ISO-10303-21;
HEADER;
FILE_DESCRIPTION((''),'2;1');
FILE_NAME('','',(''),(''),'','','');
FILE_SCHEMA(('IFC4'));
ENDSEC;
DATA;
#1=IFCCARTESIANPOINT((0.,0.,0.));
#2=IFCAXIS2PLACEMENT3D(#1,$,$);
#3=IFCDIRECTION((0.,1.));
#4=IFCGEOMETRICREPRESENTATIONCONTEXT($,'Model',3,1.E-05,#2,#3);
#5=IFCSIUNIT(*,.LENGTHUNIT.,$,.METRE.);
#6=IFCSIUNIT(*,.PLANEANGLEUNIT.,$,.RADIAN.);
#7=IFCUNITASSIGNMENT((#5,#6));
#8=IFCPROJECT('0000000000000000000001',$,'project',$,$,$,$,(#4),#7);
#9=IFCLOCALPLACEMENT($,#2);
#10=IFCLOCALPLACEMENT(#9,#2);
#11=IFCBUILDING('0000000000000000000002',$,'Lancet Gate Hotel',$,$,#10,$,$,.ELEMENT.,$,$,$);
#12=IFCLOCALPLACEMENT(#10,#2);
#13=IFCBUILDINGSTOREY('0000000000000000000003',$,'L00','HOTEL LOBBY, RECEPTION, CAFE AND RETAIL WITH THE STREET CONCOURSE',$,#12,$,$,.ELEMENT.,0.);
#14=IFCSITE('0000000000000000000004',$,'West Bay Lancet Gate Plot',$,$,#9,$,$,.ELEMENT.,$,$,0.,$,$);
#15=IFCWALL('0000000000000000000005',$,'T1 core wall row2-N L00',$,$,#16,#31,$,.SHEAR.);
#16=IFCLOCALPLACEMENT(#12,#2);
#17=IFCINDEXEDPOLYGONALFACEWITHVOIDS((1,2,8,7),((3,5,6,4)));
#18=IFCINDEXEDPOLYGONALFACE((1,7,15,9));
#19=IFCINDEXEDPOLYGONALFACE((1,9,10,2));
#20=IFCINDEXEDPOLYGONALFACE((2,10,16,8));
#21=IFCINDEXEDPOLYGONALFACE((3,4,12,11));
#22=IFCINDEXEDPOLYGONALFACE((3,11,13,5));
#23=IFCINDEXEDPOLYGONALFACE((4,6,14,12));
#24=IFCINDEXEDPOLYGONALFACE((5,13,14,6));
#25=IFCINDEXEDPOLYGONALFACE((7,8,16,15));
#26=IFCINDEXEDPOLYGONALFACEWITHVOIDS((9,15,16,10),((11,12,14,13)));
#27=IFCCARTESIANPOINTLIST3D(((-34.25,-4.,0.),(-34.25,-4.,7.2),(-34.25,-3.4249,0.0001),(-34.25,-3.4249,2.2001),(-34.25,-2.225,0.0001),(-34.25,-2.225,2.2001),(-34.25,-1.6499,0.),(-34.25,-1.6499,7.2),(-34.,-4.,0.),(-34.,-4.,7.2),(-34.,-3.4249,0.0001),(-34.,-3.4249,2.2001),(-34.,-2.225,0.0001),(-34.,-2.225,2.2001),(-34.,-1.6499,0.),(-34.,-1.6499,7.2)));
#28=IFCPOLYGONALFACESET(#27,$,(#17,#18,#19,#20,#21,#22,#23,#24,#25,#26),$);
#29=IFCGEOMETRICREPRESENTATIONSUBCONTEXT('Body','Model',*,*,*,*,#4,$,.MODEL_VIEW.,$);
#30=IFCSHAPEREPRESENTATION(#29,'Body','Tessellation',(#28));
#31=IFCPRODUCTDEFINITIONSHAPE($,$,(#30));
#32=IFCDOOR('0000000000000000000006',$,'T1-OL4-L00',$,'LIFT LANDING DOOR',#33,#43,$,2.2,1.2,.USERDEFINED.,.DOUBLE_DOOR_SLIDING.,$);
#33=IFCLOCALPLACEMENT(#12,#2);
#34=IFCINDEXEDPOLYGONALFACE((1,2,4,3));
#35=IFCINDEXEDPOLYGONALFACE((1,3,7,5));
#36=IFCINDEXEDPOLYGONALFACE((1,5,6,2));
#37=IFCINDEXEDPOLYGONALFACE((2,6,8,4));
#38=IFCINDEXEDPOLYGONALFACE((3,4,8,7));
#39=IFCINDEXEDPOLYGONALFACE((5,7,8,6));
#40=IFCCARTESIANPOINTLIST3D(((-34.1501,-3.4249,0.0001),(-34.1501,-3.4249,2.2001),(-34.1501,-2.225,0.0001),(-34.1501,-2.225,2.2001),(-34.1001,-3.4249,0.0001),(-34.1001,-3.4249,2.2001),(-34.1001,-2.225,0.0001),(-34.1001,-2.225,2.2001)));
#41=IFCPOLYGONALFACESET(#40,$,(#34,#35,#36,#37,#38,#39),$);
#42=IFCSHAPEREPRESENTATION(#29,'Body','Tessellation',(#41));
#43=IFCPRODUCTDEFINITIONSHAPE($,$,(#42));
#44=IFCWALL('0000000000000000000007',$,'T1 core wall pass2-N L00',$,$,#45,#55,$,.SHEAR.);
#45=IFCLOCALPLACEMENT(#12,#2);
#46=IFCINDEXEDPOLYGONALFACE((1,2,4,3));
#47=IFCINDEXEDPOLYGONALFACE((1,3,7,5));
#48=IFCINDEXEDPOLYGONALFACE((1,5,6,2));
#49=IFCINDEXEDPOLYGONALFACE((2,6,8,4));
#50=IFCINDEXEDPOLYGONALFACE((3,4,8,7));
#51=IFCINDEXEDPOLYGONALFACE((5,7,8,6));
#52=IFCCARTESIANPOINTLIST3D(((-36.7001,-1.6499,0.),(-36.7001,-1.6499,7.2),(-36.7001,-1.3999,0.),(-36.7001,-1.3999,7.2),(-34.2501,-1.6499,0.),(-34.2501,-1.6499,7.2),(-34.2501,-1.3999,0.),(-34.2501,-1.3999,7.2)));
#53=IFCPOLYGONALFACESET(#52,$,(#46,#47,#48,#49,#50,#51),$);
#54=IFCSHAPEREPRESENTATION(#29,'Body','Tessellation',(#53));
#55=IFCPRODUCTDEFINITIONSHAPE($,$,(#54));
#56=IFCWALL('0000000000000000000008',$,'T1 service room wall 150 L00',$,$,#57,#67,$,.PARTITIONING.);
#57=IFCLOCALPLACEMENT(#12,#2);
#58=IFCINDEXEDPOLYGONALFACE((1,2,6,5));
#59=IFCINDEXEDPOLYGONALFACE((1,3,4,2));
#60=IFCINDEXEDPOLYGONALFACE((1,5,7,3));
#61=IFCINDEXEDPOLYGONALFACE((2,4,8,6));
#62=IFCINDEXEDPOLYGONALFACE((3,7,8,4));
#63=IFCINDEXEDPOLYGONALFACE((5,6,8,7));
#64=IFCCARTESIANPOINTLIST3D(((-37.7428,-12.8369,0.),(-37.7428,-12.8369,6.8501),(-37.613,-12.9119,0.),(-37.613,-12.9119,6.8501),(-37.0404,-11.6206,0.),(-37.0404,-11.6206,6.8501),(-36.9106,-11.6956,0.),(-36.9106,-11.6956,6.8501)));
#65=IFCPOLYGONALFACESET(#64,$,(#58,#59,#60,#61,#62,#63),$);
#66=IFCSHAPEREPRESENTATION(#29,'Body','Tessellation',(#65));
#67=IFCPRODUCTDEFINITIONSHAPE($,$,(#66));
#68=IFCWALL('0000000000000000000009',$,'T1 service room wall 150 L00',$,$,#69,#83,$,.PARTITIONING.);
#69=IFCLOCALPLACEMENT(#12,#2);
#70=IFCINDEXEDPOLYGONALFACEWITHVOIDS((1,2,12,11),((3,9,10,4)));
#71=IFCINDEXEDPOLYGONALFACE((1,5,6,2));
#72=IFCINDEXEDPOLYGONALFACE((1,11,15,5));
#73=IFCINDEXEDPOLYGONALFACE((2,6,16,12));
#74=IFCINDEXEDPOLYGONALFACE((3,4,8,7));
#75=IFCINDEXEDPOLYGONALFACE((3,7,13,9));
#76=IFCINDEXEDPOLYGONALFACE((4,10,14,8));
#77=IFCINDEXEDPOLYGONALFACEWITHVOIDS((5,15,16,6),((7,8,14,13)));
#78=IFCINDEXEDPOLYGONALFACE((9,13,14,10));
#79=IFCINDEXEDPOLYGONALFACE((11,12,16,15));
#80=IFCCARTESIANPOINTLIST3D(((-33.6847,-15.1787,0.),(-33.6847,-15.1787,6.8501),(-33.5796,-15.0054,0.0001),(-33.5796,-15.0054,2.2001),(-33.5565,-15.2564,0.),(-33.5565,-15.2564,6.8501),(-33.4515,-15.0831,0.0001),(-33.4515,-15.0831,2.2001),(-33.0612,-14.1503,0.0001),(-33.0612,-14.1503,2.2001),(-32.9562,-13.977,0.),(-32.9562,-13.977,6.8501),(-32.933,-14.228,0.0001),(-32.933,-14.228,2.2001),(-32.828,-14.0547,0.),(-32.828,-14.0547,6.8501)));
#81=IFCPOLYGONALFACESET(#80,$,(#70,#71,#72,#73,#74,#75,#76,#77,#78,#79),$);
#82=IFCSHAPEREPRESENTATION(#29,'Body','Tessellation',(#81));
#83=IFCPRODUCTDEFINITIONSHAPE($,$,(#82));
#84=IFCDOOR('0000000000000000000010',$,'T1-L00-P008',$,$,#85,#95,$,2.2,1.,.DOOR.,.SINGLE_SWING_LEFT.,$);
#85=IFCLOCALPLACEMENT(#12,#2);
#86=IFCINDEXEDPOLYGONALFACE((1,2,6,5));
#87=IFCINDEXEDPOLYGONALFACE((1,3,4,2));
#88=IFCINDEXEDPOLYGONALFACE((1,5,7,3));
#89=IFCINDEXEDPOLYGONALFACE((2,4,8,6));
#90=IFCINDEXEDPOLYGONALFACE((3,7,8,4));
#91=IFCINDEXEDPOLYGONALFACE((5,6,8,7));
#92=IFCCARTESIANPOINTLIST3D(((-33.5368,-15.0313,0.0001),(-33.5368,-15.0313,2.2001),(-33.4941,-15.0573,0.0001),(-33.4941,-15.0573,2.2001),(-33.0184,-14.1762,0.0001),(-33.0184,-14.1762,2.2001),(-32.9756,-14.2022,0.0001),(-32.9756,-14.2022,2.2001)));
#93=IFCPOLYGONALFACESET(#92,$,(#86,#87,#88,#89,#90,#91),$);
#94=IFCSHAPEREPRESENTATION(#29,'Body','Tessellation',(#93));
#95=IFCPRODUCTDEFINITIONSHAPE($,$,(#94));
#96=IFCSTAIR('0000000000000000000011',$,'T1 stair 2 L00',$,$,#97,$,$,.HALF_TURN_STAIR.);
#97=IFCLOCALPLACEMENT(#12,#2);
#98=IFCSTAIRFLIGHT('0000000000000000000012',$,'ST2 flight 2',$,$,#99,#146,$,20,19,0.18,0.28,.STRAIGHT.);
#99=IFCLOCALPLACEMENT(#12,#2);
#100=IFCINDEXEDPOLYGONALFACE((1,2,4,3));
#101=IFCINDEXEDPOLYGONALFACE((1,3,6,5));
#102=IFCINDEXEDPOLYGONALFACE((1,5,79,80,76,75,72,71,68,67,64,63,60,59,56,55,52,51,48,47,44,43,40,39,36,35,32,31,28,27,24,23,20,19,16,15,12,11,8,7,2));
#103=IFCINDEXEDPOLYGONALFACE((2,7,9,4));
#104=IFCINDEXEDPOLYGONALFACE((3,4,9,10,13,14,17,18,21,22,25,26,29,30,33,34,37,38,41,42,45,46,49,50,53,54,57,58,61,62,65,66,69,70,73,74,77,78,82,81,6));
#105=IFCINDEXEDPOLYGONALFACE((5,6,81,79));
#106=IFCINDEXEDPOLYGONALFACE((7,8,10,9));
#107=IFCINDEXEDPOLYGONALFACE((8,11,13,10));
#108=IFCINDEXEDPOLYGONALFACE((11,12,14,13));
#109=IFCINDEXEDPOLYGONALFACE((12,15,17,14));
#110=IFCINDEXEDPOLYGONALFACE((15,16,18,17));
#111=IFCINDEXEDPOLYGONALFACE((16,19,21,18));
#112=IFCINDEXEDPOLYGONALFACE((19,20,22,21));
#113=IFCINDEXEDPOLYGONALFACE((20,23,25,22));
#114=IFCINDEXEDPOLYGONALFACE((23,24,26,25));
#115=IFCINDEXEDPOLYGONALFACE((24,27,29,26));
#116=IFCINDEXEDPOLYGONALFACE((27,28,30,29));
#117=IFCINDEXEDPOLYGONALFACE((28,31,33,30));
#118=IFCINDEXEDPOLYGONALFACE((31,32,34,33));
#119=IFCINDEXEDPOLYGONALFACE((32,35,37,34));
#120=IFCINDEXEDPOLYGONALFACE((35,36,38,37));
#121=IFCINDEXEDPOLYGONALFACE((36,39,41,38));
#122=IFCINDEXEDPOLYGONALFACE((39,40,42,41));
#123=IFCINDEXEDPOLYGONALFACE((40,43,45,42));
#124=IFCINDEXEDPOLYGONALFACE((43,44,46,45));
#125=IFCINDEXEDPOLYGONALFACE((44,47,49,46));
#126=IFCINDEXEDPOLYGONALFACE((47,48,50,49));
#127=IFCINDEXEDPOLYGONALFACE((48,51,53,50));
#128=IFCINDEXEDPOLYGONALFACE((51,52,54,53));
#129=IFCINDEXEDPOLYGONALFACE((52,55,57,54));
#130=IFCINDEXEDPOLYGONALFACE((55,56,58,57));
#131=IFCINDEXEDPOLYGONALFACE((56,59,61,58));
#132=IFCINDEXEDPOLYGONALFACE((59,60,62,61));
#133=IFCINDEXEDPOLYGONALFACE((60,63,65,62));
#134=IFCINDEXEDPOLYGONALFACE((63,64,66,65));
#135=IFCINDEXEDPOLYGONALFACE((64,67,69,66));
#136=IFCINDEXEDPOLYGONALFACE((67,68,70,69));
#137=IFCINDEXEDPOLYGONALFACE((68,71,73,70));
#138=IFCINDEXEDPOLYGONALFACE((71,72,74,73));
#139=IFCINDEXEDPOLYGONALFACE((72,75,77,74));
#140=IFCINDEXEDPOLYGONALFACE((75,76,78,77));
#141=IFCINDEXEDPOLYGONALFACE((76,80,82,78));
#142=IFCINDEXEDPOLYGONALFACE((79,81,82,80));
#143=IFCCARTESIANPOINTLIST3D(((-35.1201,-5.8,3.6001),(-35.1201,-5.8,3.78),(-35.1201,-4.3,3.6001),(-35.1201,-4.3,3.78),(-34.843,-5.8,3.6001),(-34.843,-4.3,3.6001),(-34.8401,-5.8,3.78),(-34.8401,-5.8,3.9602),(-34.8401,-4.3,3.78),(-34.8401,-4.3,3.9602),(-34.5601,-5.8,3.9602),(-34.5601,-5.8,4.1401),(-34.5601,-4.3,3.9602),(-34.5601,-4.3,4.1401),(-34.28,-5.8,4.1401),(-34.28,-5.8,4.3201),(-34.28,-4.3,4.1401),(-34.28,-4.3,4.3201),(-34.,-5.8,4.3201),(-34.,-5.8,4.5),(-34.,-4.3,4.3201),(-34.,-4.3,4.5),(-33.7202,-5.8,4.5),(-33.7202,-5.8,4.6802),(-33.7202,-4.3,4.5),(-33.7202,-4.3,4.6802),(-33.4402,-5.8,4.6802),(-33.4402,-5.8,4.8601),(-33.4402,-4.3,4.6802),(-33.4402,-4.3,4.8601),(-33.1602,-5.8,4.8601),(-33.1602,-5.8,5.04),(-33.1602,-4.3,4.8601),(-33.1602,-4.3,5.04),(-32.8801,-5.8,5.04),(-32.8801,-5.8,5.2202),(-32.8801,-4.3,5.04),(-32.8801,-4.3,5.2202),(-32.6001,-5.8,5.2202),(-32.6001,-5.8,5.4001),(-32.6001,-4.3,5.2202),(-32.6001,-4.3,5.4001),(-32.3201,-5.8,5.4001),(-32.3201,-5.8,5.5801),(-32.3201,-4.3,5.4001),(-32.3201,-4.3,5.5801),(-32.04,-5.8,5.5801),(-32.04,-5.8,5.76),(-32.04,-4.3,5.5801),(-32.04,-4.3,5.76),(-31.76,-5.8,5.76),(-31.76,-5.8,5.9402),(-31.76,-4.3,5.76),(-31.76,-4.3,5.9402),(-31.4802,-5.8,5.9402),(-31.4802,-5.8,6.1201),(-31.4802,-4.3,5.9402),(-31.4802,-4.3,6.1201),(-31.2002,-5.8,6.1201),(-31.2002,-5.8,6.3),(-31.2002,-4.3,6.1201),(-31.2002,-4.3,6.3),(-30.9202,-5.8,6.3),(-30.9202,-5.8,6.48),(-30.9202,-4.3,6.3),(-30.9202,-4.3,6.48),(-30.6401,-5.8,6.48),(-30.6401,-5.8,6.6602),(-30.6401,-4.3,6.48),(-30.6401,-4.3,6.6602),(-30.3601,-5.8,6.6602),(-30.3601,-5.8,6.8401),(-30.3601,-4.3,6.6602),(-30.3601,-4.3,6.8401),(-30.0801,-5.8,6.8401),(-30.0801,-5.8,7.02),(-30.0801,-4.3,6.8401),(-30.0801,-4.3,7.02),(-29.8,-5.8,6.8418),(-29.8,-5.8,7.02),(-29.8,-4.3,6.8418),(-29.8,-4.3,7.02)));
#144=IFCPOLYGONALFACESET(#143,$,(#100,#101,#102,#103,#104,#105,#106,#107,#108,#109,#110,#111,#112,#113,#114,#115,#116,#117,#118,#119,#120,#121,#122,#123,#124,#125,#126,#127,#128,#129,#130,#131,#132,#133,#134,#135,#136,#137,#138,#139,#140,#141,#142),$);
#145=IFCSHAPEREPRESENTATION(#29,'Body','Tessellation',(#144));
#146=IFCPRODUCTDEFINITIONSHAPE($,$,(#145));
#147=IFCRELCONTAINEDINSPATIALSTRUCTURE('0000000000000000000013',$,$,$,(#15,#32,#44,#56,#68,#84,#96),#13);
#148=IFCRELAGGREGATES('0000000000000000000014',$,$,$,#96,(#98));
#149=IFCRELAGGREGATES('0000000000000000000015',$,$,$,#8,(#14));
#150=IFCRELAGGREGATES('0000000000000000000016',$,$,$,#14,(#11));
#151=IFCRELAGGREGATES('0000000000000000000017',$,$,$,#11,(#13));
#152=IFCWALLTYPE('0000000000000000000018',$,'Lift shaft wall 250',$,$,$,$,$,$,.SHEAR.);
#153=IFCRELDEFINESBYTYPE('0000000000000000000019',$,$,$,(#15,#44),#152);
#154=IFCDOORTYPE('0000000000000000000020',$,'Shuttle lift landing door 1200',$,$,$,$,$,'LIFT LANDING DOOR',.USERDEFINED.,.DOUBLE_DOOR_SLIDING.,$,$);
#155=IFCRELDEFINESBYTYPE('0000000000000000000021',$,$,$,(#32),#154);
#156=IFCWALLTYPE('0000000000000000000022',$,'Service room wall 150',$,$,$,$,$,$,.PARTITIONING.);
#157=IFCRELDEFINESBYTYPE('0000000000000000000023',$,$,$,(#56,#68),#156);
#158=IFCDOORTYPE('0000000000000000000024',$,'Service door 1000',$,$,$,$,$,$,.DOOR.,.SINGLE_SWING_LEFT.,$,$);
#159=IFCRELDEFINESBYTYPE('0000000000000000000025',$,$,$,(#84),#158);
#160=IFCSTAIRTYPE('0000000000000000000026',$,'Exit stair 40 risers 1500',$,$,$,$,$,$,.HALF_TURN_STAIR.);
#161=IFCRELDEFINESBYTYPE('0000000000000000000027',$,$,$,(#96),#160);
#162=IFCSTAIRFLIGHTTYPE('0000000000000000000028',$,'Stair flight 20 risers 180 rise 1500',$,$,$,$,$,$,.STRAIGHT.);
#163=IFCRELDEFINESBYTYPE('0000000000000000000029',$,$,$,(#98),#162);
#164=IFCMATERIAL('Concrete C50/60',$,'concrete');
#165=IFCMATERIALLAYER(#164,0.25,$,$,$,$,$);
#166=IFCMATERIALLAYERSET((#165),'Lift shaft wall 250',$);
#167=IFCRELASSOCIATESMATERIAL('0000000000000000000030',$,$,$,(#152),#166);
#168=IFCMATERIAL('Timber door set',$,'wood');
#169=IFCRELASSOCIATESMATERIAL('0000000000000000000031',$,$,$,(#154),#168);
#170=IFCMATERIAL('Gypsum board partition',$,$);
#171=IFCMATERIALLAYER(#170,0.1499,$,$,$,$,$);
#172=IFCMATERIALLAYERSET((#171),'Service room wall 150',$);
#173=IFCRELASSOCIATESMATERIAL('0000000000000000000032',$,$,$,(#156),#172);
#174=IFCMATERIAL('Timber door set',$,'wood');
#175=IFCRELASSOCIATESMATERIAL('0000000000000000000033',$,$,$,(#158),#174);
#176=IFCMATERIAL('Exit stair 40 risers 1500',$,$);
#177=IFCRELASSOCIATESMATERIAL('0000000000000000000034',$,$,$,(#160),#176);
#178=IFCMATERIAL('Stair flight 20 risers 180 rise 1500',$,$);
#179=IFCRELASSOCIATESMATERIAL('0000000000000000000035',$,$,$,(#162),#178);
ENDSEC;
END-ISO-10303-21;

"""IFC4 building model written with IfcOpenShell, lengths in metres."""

from ifc_helpers import new_model, si_unit, direction, frame, frame_2d, origin, place, context, subcontext, project, spatial, polyline, rectangle, outline, extrude, material, layer, layer_set, type_object, element, fill, aggregate, save


model = new_model("IFC4")

# Units and contexts
model_context = context("Model", 3, precision=1e-05, world=origin(), true_north=direction((0.0, 1.0)))
body_context = subcontext(model_context, "Body", "Model", "MODEL_VIEW")
ifc_project = project(units=[si_unit("LENGTHUNIT", "METRE"), si_unit("PLANEANGLEUNIT", "RADIAN")], contexts=[model_context])

# Site, building, storey
site_placement = place(None, origin())
site = spatial("IfcSite", under=ifc_project, at=site_placement, Name="West Bay Lancet Gate Plot", CompositionType="ELEMENT", RefElevation=0.0)
building_placement = place(site_placement, origin())
building = spatial("IfcBuilding", under=site, at=building_placement, Name="Lancet Gate Hotel", CompositionType="ELEMENT")
storey_placement = place(building_placement, origin())
storey = spatial("IfcBuildingStorey", under=building, at=storey_placement, Name="L00", Description="HOTEL LOBBY, RECEPTION, CAFE AND RETAIL WITH THE STREET CONCOURSE", CompositionType="ELEMENT", Elevation=0.0)

# Wall, opening, door
ifc_material_1 = material(Name="Concrete C50/60", Category="concrete")
ifc_layer_1 = layer(ifc_material_1, 0.25)
ifc_layer_set_1 = layer_set([ifc_layer_1], Name="Lift shaft wall 250")
wall_type_1 = type_object("IfcWallType", Name="Lift shaft wall 250", PredefinedType="SHEAR", material=ifc_layer_set_1)
wall_1_placement = place(storey_placement, frame((-34.125, -1.6499, 0.0), z_axis=(0.0, 0.0, 1.0), x_axis=(0.0, -1.0, 0.0)))
wall_1 = element("IfcWall", 1, at=wall_1_placement, inside=storey, type_object=wall_type_1, Name="T1 core wall row2-N L00", PredefinedType="SHEAR", context=body_context, shape_type="SweptSolid", body=[
    extrude(rectangle(XDim=2.3501, YDim=0.25, at=frame_2d((1.175, 0.0))), origin(), (0.0, 0.0, 1.0), 7.2),
])
opening_1_placement = place(wall_1_placement, frame((0.575, 0.0, 0.0)))
opening_1 = element("IfcOpeningElement", 2, at=opening_1_placement, cuts=wall_1, PredefinedType="OPENING", context=body_context, shape_type="SweptSolid", body=[
    extrude(rectangle(XDim=1.2, YDim=2.2, at=frame_2d((0.6001, 1.1001))), frame((0.0, 0.135, 0.0), z_axis=(0.0, -1.0, 0.0), x_axis=(1.0, 0.0, 0.0)), (0.0, 0.0, 1.0), 0.27),
])
ifc_material_2 = material(Name="Timber door set", Category="wood")
door_type_1 = type_object("IfcDoorType", Name="Shuttle lift landing door 1200", ElementType="LIFT LANDING DOOR", OperationType="DOUBLE_DOOR_SLIDING", PredefinedType="USERDEFINED", material=ifc_material_2)
door_1_placement = place(opening_1_placement, origin())
door_1 = element("IfcDoor", 3, at=door_1_placement, inside=storey, type_object=door_type_1, Name="T1-OL4-L00", ObjectType="LIFT LANDING DOOR", OperationType="DOUBLE_DOOR_SLIDING", OverallHeight=2.2, OverallWidth=1.2, PredefinedType="USERDEFINED", context=body_context, shape_type="SweptSolid", body=[
    extrude(rectangle(XDim=1.2, YDim=2.2, at=frame_2d((0.6001, 1.1001))), frame((0.0, 0.0249, 0.0), z_axis=(0.0, -1.0, 0.0), x_axis=(1.0, 0.0, 0.0)), (0.0, 0.0, 1.0), 0.05),
])
fill(opening_1, door_1)

# Walls
wall_2_placement = place(storey_placement, frame((-34.25, -1.5249, 0.0), z_axis=(0.0, 0.0, 1.0), x_axis=(-1.0, 0.0, 0.0)))
element("IfcWall", 4, at=wall_2_placement, inside=storey, type_object=wall_type_1, Name="T1 core wall pass2-N L00", PredefinedType="SHEAR", context=body_context, shape_type="SweptSolid", body=[
    extrude(rectangle(XDim=2.45, YDim=0.25, at=frame_2d((1.2251, 0.0))), origin(), (0.0, 0.0, 1.0), 7.2),
])
ifc_material_3 = material(Name="Gypsum board partition")
ifc_layer_2 = layer(ifc_material_3, 0.1499)
ifc_layer_set_2 = layer_set([ifc_layer_2], Name="Service room wall 150")
wall_type_2 = type_object("IfcWallType", Name="Service room wall 150", PredefinedType="PARTITIONING", material=ifc_layer_set_2)
wall_3_placement = place(storey_placement, frame((-36.9756, -11.6582, 0.0), z_axis=(0.0, 0.0, 1.0), x_axis=(-0.500084, -0.865977, 0.0)))
element("IfcWall", 5, at=wall_3_placement, inside=storey, type_object=wall_type_2, Name="T1 service room wall 150 L00", PredefinedType="PARTITIONING", context=body_context, shape_type="SweptSolid", body=[
    extrude(rectangle(XDim=1.4045, YDim=0.1499, at=frame_2d((0.7021, 0.0))), origin(), (0.0, 0.0, 1.0), 6.8501),
])

# Wall, opening, door
wall_4_placement = place(storey_placement, frame((-33.6206, -15.2175, 0.0), z_axis=(0.0, 0.0, 1.0), x_axis=(0.518425, 0.855123, 0.0)))
wall_4 = element("IfcWall", 6, at=wall_4_placement, inside=storey, type_object=wall_type_2, Name="T1 service room wall 150 L00", PredefinedType="PARTITIONING", context=body_context, shape_type="SweptSolid", body=[
    extrude(rectangle(XDim=1.4053, YDim=0.1499, at=frame_2d((0.7026, 0.0))), origin(), (0.0, 0.0, 1.0), 6.8501),
])
opening_2_placement = place(wall_4_placement, frame((0.2026, 0.0, 0.0)))
opening_2 = element("IfcOpeningElement", 7, at=opening_2_placement, cuts=wall_4, PredefinedType="OPENING", context=body_context, shape_type="SweptSolid", body=[
    extrude(rectangle(XDim=1.0, YDim=2.2, at=frame_2d((0.5, 1.1001))), frame((0.0, 0.085, 0.0), z_axis=(0.0, -1.0, 0.0), x_axis=(1.0, 0.0, 0.0)), (0.0, 0.0, 1.0), 0.1699),
])
ifc_material_4 = material(Name="Timber door set", Category="wood")
door_type_2 = type_object("IfcDoorType", Name="Service door 1000", OperationType="SINGLE_SWING_LEFT", PredefinedType="DOOR", material=ifc_material_4)
door_2_placement = place(opening_2_placement, origin())
door_2 = element("IfcDoor", 8, at=door_2_placement, inside=storey, type_object=door_type_2, Name="T1-L00-P008", OperationType="SINGLE_SWING_LEFT", OverallHeight=2.2, OverallWidth=1.0, PredefinedType="DOOR", context=body_context, shape_type="SweptSolid", body=[
    extrude(rectangle(XDim=1.0, YDim=2.2, at=frame_2d((0.5, 1.1001))), frame((0.0, 0.0249, 0.0), z_axis=(0.0, -1.0, 0.0), x_axis=(1.0, 0.0, 0.0)), (0.0, 0.0, 1.0), 0.05),
])
fill(opening_2, door_2)

# Stair, stair flight
ifc_material_5 = material(Name="Exit stair 40 risers 1500")
stair_type = type_object("IfcStairType", Name="Exit stair 40 risers 1500", PredefinedType="HALF_TURN_STAIR", material=ifc_material_5)
stair_placement = place(storey_placement, origin())
stair = element("IfcStair", 9, at=stair_placement, inside=storey, type_object=stair_type, Name="T1 stair 2 L00", PredefinedType="HALF_TURN_STAIR")
ifc_material_6 = material(Name="Stair flight 20 risers 180 rise 1500")
stair_flight_type = type_object("IfcStairFlightType", Name="Stair flight 20 risers 180 rise 1500", PredefinedType="STRAIGHT", material=ifc_material_6)
stair_flight_placement = place(storey_placement, frame((-35.1201, -5.05, 3.6001), z_axis=(0.0, 0.0, 1.0), x_axis=(1.0, 0.0, 0.0)))
stair_flight = element("IfcStairFlight", 10, at=stair_flight_placement, type_object=stair_flight_type, Name="ST2 flight 2", NumberOfRisers=20, NumberOfTreads=19, PredefinedType="STRAIGHT", RiserHeight=0.18, TreadLength=0.28, context=body_context, shape_type="SweptSolid", body=[
    extrude(outline(polyline([(0.0, 0.0), (0.0, 0.1799), (0.28, 0.1799), (0.28, 0.3601), (0.5601, 0.3601), (0.5601, 0.54), (0.8401, 0.54), (0.8401, 0.72), (1.1201, 0.72), (1.1201, 0.8999), (1.3999, 0.8999), (1.3999, 1.0801), (1.6799, 1.0801), (1.6799, 1.26), (1.96, 1.26), (1.96, 1.4399), (2.24, 1.4399), (2.24, 1.6201), (2.52, 1.6201), (2.52, 1.8), (2.8, 1.8), (2.8, 1.98), (3.0801, 1.98), (3.0801, 2.1599), (3.3601, 2.1599), (3.3601, 2.3401), (3.6399, 2.3401), (3.6399, 2.52), (3.9199, 2.52), (3.9199, 2.7), (4.2, 2.7), (4.2, 2.8799), (4.48, 2.8799), (4.48, 3.0601), (4.76, 3.0601), (4.76, 3.24), (5.04, 3.24), (5.04, 3.4199), (5.3201, 3.4199), (5.3201, 3.6001), (5.3201, 3.2417), (0.2771, 0.0), (0.0, 0.0)])), frame((0.0, 0.75, 0.0), z_axis=(0.0, -1.0, 0.0), x_axis=(1.0, 0.0, 0.0)), (0.0, 0.0, 1.0), 1.5),
])
aggregate(stair, [stair_flight])

save(model, "model.ifc")
